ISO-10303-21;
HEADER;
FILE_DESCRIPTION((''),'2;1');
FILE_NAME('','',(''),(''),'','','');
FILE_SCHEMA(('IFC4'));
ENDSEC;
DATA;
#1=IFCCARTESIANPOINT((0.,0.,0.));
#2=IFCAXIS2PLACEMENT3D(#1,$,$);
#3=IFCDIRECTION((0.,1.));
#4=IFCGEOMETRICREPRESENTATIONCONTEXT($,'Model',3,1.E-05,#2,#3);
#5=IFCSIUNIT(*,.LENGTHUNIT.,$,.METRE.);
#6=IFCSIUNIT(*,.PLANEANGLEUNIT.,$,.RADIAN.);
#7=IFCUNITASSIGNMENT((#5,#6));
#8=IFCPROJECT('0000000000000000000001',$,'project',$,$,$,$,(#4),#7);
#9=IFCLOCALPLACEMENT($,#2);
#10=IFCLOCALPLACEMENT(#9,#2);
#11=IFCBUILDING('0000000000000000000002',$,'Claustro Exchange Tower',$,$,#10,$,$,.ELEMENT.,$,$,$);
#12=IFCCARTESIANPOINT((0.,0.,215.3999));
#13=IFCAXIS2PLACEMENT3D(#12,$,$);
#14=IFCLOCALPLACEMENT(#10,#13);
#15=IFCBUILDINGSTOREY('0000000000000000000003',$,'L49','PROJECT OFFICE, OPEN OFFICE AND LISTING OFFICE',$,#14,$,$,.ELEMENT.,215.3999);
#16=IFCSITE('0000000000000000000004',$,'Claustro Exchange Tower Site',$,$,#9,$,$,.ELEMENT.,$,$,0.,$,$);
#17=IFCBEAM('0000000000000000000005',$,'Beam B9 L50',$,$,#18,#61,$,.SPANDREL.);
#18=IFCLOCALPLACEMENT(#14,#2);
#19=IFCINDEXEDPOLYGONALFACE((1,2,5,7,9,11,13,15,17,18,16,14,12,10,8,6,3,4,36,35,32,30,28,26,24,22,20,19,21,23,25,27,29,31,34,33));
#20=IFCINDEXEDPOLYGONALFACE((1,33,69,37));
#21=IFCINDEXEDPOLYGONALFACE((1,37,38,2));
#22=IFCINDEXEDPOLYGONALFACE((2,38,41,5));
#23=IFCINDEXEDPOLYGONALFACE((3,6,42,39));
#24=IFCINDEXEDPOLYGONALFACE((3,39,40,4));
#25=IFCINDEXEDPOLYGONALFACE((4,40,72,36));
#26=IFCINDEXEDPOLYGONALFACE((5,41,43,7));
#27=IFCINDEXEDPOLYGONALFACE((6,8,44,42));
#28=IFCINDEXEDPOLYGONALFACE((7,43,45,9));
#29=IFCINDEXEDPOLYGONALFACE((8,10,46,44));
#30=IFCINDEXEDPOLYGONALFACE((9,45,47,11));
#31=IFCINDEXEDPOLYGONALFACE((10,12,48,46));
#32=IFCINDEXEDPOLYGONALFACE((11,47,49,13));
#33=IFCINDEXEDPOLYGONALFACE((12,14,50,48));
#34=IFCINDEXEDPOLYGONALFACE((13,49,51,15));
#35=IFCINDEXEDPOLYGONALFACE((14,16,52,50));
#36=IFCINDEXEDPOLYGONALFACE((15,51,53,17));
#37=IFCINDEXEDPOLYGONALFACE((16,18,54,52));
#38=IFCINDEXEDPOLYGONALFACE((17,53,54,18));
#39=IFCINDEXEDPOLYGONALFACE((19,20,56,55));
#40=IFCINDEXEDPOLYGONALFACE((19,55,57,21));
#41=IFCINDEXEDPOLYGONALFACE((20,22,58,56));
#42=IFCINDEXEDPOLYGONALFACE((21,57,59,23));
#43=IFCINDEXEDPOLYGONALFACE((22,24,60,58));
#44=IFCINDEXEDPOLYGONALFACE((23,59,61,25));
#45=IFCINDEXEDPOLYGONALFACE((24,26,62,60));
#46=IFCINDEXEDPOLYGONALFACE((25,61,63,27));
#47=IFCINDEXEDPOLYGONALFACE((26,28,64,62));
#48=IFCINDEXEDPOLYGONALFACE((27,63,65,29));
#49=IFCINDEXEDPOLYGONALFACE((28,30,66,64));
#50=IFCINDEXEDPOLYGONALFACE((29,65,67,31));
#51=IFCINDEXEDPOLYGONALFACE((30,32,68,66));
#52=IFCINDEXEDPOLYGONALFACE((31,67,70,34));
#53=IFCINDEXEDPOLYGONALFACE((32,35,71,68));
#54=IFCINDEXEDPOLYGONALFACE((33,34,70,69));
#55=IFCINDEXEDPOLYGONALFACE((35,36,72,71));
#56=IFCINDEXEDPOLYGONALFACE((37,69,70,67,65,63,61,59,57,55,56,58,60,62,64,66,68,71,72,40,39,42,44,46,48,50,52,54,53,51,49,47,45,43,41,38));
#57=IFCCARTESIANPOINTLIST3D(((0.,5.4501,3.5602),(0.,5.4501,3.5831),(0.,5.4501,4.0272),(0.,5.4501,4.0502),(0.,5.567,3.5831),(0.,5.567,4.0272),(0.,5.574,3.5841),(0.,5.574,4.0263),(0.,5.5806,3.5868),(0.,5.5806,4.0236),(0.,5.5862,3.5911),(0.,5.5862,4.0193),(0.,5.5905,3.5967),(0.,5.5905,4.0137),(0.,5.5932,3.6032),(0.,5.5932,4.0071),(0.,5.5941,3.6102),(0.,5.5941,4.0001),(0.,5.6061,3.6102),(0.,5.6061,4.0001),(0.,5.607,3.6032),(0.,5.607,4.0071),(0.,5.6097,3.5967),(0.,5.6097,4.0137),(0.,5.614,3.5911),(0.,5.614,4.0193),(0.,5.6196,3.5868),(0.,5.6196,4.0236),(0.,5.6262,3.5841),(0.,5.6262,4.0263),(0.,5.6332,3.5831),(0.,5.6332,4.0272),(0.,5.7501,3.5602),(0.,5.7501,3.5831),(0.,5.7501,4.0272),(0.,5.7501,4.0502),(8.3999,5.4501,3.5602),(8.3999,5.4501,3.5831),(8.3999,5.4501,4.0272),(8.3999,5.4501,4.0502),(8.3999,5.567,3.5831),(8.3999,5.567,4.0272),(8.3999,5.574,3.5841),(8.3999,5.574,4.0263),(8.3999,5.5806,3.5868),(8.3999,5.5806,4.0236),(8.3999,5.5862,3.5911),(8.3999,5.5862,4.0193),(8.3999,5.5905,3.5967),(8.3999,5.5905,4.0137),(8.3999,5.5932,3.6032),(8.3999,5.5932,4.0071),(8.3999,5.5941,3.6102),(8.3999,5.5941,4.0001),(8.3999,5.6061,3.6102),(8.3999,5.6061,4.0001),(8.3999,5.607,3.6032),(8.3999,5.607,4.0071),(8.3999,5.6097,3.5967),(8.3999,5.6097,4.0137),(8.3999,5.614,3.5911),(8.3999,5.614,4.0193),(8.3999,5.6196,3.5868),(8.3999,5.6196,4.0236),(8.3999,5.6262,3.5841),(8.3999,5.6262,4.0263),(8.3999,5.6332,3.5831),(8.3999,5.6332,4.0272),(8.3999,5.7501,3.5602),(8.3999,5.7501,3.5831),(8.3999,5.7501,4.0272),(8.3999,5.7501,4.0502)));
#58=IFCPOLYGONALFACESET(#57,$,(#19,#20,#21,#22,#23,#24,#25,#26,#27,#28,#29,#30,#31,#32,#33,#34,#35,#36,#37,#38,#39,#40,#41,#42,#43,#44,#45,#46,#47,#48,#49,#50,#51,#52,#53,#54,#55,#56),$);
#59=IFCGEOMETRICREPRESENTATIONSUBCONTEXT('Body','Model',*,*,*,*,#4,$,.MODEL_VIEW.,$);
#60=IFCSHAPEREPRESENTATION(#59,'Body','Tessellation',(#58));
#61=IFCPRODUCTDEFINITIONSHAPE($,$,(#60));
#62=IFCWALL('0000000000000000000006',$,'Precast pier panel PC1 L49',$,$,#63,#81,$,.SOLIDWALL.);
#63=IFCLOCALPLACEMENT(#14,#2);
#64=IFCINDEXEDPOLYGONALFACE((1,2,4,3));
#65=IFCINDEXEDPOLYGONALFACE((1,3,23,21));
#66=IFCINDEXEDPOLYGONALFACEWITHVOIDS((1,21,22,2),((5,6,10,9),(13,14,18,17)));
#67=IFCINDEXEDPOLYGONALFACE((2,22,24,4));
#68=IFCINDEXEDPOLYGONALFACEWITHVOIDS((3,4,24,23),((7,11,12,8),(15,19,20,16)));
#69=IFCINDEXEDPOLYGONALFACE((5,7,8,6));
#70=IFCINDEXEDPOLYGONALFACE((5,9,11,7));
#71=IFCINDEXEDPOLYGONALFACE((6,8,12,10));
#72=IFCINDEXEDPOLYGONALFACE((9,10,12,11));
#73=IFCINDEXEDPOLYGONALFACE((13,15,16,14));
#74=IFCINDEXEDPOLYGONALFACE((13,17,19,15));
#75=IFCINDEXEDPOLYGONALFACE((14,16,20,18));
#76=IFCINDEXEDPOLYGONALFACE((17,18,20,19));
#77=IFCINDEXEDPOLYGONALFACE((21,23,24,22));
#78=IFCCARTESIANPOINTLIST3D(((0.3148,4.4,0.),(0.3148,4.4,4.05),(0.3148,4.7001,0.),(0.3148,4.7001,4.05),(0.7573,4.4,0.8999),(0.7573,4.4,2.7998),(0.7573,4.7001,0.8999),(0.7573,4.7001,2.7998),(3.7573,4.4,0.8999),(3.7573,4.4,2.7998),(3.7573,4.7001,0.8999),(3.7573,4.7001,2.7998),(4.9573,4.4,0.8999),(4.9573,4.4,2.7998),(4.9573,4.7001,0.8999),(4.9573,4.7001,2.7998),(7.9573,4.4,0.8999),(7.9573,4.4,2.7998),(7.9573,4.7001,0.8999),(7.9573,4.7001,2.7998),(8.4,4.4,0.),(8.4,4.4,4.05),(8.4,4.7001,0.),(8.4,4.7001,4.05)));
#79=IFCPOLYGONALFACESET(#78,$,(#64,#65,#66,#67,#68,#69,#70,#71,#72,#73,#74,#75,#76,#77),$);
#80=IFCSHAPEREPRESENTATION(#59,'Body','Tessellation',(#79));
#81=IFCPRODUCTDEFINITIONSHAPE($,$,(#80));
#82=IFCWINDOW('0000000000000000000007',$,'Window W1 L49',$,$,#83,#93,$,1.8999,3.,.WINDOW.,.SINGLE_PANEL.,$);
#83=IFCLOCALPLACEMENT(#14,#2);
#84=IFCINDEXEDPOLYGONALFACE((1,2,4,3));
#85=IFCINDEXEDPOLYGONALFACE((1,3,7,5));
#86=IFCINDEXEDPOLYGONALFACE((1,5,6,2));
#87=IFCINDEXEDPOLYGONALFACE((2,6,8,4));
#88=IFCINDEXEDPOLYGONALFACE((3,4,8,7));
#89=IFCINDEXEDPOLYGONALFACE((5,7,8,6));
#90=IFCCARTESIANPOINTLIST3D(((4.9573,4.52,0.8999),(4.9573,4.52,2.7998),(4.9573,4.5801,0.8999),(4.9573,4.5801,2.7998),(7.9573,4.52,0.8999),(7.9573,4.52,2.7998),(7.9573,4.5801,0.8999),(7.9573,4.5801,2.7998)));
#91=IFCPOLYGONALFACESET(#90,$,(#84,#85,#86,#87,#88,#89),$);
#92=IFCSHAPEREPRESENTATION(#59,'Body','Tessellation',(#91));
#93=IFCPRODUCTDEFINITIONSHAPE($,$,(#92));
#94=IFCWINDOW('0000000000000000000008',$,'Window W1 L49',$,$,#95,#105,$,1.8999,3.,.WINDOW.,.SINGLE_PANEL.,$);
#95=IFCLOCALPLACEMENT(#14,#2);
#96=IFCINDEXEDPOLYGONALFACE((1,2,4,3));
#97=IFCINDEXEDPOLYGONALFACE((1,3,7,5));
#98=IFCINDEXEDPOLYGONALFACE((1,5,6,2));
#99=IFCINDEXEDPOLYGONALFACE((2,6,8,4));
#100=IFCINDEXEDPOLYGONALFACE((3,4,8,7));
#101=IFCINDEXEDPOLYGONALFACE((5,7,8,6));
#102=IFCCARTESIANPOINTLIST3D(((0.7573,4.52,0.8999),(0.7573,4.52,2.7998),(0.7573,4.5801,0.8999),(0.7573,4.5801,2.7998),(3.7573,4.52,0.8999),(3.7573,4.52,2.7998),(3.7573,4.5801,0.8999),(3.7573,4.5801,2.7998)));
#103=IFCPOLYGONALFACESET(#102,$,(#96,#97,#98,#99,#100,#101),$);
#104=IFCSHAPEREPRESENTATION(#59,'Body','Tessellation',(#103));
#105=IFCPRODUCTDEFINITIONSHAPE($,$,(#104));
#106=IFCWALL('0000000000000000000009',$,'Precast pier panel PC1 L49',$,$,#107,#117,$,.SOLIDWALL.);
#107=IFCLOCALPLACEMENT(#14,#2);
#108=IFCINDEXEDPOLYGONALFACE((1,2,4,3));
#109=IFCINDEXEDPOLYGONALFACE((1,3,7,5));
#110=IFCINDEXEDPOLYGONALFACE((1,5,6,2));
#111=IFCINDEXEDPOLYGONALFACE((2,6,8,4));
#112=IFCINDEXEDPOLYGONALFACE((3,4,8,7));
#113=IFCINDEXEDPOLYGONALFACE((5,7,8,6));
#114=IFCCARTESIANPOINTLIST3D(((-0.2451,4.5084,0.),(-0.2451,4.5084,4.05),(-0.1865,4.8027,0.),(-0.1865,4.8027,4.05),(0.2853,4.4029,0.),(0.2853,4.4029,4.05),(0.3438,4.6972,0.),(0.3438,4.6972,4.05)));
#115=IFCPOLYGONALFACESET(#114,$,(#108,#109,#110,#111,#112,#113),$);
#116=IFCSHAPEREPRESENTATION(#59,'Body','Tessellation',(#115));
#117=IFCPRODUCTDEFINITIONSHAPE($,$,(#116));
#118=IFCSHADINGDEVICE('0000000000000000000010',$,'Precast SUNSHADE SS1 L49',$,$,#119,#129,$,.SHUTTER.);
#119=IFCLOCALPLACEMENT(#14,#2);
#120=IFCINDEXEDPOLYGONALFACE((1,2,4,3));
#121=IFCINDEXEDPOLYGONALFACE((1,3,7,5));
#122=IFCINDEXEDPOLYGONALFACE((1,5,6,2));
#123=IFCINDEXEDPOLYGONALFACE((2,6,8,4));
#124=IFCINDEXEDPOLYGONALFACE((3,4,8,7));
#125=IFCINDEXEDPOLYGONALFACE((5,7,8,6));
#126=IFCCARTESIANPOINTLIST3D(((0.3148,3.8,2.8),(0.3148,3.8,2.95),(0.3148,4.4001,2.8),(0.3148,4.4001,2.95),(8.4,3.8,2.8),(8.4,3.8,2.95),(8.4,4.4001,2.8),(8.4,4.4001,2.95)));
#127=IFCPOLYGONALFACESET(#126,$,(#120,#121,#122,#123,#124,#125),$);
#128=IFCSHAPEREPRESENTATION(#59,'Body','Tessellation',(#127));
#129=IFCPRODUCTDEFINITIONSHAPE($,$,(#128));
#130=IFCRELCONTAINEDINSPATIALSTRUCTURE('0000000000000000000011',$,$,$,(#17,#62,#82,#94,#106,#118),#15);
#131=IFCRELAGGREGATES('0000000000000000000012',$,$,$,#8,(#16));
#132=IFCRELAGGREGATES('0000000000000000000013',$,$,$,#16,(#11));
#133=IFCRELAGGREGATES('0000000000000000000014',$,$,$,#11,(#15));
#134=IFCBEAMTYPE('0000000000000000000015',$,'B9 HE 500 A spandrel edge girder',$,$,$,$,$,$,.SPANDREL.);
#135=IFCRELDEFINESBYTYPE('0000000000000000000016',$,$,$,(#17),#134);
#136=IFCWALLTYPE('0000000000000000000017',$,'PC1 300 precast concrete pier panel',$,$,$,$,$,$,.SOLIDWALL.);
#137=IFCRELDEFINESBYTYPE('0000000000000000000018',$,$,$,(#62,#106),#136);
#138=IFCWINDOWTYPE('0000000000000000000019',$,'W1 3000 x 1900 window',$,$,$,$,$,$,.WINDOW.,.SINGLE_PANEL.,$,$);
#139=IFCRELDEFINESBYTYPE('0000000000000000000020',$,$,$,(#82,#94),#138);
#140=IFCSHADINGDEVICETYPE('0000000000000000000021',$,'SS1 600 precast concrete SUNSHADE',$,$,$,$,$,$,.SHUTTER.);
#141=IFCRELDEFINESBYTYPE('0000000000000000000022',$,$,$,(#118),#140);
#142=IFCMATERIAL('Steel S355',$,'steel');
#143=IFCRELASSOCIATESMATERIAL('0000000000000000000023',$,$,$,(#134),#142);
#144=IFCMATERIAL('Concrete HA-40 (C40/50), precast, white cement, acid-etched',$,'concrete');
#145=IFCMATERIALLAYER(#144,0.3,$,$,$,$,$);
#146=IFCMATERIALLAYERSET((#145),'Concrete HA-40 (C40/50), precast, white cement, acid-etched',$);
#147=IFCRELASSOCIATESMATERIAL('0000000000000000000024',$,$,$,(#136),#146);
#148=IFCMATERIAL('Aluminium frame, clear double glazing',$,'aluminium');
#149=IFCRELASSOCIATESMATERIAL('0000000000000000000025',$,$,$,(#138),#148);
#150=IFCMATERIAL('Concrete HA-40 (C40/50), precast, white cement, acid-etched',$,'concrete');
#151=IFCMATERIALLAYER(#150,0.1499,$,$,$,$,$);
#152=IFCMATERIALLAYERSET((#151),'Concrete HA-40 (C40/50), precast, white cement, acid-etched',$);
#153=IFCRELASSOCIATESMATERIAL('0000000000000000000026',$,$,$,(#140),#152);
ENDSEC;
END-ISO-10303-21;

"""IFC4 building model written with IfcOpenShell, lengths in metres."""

from ifc_helpers import new_model, si_unit, direction, frame, frame_2d, origin, origin_2d, place, context, subcontext, project, spatial, rectangle, i_section, extrude, material, layer, layer_set, material_profile, profile_set, type_object, element, fill, save


model = new_model("IFC4")

# Units and contexts
model_context = context("Model", 3, precision=1e-05, world=origin(), true_north=direction((0.0, 1.0)))
body_context = subcontext(model_context, "Body", "Model", "MODEL_VIEW")
ifc_project = project(units=[si_unit("LENGTHUNIT", "METRE"), si_unit("PLANEANGLEUNIT", "RADIAN")], contexts=[model_context])

# Site, building, storey
site_placement = place(None, origin())
site = spatial("IfcSite", under=ifc_project, at=site_placement, Name="Claustro Exchange Tower Site", CompositionType="ELEMENT", RefElevation=0.0)
building_placement = place(site_placement, origin())
building = spatial("IfcBuilding", under=site, at=building_placement, Name="Claustro Exchange Tower", CompositionType="ELEMENT")
storey_placement = place(building_placement, frame((0.0, 0.0, 215.3999)))
storey = spatial("IfcBuildingStorey", under=building, at=storey_placement, Name="L49", Description="PROJECT OFFICE, OPEN OFFICE AND LISTING OFFICE", CompositionType="ELEMENT", Elevation=215.3999)

# Beam
ifc_material_1 = material(Name="Steel S355", Category="steel")
ifc_material_profile_1 = material_profile(ifc_material_1, i_section(OverallWidth=0.3, OverallDepth=0.49, WebThickness=0.012, FlangeThickness=0.0229, FilletRadius=0.0271, at=origin_2d()), Name="HE 500 A")
ifc_profile_set_1 = profile_set([ifc_material_profile_1], Name="Steel S355")
beam_type_1 = type_object("IfcBeamType", Name="B9 HE 500 A spandrel edge girder", PredefinedType="SPANDREL", material=ifc_profile_set_1)
beam_1_placement = place(storey_placement, frame((0.0, 5.6001, 3.8052), z_axis=(1.0, 0.0, 0.0), x_axis=(0.0, 1.0, 0.0)))
element("IfcBeam", 1, at=beam_1_placement, inside=storey, type_object=beam_type_1, Name="Beam B9 L50", PredefinedType="SPANDREL", context=body_context, shape_type="SweptSolid", body=[
    extrude(i_section(OverallWidth=0.3, OverallDepth=0.49, WebThickness=0.012, FlangeThickness=0.0229, FilletRadius=0.0271, at=origin_2d()), origin(), (0.0, 0.0, 1.0), 8.3999),
])

# Wall, openings, windows
ifc_material_2 = material(Name="Concrete HA-40 (C40/50), precast, white cement, acid-etched", Category="concrete")
ifc_layer_1 = layer(ifc_material_2, 0.3)
ifc_layer_set_1 = layer_set([ifc_layer_1], Name="Concrete HA-40 (C40/50), precast, white cement, acid-etched")
wall_type = type_object("IfcWallType", Name="PC1 300 precast concrete pier panel", PredefinedType="SOLIDWALL", material=ifc_layer_set_1)
wall_1_placement = place(storey_placement, frame((8.3999, 4.55, 0.0), z_axis=(0.0, 0.0, 1.0), x_axis=(-1.0, 0.0, 0.0)))
wall_1 = element("IfcWall", 2, at=wall_1_placement, inside=storey, type_object=wall_type, Name="Precast pier panel PC1 L49", PredefinedType="SOLIDWALL", context=body_context, shape_type="SweptSolid", body=[
    extrude(rectangle(XDim=8.0852, YDim=0.3, at=frame_2d((4.0425, 0.0))), origin(), (0.0, 0.0, 1.0), 4.05),
])
opening_1_placement = place(wall_1_placement, frame((0.4426, 0.0, 0.8999)))
opening_1 = element("IfcOpeningElement", 3, at=opening_1_placement, cuts=wall_1, PredefinedType="OPENING", context=body_context, shape_type="SweptSolid", body=[
    extrude(rectangle(XDim=3.0, YDim=1.8999, at=frame_2d((1.5, 0.95))), frame((0.0, 0.1599, 0.0), z_axis=(0.0, -1.0, 0.0), x_axis=(1.0, 0.0, 0.0)), (0.0, 0.0, 1.0), 0.3201),
])
opening_2_placement = place(wall_1_placement, frame((4.6426, 0.0, 0.8999)))
opening_2 = element("IfcOpeningElement", 4, at=opening_2_placement, cuts=wall_1, PredefinedType="OPENING", context=body_context, shape_type="SweptSolid", body=[
    extrude(rectangle(XDim=3.0, YDim=1.8999, at=frame_2d((1.5, 0.95))), frame((0.0, 0.1599, 0.0), z_axis=(0.0, -1.0, 0.0), x_axis=(1.0, 0.0, 0.0)), (0.0, 0.0, 1.0), 0.3201),
])
ifc_material_3 = material(Name="Aluminium frame, clear double glazing", Category="aluminium")
window_type = type_object("IfcWindowType", Name="W1 3000 x 1900 window", PartitioningType="SINGLE_PANEL", PredefinedType="WINDOW", material=ifc_material_3)
window_1_placement = place(opening_1_placement, origin())
window_1 = element("IfcWindow", 5, at=window_1_placement, inside=storey, type_object=window_type, Name="Window W1 L49", OverallHeight=1.8999, OverallWidth=3.0, PartitioningType="SINGLE_PANEL", PredefinedType="WINDOW", context=body_context, shape_type="SweptSolid", body=[
    extrude(rectangle(XDim=3.0, YDim=1.8999, at=frame_2d((1.5, 0.95))), frame((0.0, 0.03, 0.0), z_axis=(0.0, -1.0, 0.0), x_axis=(1.0, 0.0, 0.0)), (0.0, 0.0, 1.0), 0.0601),
])
fill(opening_1, window_1)
window_2_placement = place(opening_2_placement, origin())
window_2 = element("IfcWindow", 6, at=window_2_placement, inside=storey, type_object=window_type, Name="Window W1 L49", OverallHeight=1.8999, OverallWidth=3.0, PartitioningType="SINGLE_PANEL", PredefinedType="WINDOW", context=body_context, shape_type="SweptSolid", body=[
    extrude(rectangle(XDim=3.0, YDim=1.8999, at=frame_2d((1.5, 0.95))), frame((0.0, 0.03, 0.0), z_axis=(0.0, -1.0, 0.0), x_axis=(1.0, 0.0, 0.0)), (0.0, 0.0, 1.0), 0.0601),
])
fill(opening_2, window_2)

# Wall
wall_2_placement = place(storey_placement, frame((0.3147, 4.55, 0.0), z_axis=(0.0, 0.0, 1.0), x_axis=(-0.980789, 0.195074, 0.0)))
element("IfcWall", 7, at=wall_2_placement, inside=storey, type_object=wall_type, Name="Precast pier panel PC1 L49", PredefinedType="SOLIDWALL", context=body_context, shape_type="SweptSolid", body=[
    extrude(rectangle(XDim=0.5408, YDim=0.3, at=frame_2d((0.2705, 0.0))), origin(), (0.0, 0.0, 1.0), 4.05),
])

# Shading device
ifc_material_4 = material(Name="Concrete HA-40 (C40/50), precast, white cement, acid-etched", Category="concrete")
ifc_layer_2 = layer(ifc_material_4, 0.1499)
ifc_layer_set_2 = layer_set([ifc_layer_2], Name="Concrete HA-40 (C40/50), precast, white cement, acid-etched")
shading_device_type = type_object("IfcShadingDeviceType", Name="SS1 600 precast concrete SUNSHADE", PredefinedType="SHUTTER", material=ifc_layer_set_2)
shading_device_placement = place(storey_placement, frame((4.3574, 4.1001, 2.8), z_axis=(0.0, 0.0, 1.0), x_axis=(-1.0, 0.0, 0.0)))
element("IfcShadingDevice", 8, at=shading_device_placement, inside=storey, type_object=shading_device_type, Name="Precast SUNSHADE SS1 L49", PredefinedType="SHUTTER", context=body_context, shape_type="SweptSolid", body=[
    extrude(rectangle(XDim=8.0852, YDim=0.6001, at=origin_2d()), origin(), (0.0, 0.0, 1.0), 0.1499),
])

save(model, "model.ifc")
